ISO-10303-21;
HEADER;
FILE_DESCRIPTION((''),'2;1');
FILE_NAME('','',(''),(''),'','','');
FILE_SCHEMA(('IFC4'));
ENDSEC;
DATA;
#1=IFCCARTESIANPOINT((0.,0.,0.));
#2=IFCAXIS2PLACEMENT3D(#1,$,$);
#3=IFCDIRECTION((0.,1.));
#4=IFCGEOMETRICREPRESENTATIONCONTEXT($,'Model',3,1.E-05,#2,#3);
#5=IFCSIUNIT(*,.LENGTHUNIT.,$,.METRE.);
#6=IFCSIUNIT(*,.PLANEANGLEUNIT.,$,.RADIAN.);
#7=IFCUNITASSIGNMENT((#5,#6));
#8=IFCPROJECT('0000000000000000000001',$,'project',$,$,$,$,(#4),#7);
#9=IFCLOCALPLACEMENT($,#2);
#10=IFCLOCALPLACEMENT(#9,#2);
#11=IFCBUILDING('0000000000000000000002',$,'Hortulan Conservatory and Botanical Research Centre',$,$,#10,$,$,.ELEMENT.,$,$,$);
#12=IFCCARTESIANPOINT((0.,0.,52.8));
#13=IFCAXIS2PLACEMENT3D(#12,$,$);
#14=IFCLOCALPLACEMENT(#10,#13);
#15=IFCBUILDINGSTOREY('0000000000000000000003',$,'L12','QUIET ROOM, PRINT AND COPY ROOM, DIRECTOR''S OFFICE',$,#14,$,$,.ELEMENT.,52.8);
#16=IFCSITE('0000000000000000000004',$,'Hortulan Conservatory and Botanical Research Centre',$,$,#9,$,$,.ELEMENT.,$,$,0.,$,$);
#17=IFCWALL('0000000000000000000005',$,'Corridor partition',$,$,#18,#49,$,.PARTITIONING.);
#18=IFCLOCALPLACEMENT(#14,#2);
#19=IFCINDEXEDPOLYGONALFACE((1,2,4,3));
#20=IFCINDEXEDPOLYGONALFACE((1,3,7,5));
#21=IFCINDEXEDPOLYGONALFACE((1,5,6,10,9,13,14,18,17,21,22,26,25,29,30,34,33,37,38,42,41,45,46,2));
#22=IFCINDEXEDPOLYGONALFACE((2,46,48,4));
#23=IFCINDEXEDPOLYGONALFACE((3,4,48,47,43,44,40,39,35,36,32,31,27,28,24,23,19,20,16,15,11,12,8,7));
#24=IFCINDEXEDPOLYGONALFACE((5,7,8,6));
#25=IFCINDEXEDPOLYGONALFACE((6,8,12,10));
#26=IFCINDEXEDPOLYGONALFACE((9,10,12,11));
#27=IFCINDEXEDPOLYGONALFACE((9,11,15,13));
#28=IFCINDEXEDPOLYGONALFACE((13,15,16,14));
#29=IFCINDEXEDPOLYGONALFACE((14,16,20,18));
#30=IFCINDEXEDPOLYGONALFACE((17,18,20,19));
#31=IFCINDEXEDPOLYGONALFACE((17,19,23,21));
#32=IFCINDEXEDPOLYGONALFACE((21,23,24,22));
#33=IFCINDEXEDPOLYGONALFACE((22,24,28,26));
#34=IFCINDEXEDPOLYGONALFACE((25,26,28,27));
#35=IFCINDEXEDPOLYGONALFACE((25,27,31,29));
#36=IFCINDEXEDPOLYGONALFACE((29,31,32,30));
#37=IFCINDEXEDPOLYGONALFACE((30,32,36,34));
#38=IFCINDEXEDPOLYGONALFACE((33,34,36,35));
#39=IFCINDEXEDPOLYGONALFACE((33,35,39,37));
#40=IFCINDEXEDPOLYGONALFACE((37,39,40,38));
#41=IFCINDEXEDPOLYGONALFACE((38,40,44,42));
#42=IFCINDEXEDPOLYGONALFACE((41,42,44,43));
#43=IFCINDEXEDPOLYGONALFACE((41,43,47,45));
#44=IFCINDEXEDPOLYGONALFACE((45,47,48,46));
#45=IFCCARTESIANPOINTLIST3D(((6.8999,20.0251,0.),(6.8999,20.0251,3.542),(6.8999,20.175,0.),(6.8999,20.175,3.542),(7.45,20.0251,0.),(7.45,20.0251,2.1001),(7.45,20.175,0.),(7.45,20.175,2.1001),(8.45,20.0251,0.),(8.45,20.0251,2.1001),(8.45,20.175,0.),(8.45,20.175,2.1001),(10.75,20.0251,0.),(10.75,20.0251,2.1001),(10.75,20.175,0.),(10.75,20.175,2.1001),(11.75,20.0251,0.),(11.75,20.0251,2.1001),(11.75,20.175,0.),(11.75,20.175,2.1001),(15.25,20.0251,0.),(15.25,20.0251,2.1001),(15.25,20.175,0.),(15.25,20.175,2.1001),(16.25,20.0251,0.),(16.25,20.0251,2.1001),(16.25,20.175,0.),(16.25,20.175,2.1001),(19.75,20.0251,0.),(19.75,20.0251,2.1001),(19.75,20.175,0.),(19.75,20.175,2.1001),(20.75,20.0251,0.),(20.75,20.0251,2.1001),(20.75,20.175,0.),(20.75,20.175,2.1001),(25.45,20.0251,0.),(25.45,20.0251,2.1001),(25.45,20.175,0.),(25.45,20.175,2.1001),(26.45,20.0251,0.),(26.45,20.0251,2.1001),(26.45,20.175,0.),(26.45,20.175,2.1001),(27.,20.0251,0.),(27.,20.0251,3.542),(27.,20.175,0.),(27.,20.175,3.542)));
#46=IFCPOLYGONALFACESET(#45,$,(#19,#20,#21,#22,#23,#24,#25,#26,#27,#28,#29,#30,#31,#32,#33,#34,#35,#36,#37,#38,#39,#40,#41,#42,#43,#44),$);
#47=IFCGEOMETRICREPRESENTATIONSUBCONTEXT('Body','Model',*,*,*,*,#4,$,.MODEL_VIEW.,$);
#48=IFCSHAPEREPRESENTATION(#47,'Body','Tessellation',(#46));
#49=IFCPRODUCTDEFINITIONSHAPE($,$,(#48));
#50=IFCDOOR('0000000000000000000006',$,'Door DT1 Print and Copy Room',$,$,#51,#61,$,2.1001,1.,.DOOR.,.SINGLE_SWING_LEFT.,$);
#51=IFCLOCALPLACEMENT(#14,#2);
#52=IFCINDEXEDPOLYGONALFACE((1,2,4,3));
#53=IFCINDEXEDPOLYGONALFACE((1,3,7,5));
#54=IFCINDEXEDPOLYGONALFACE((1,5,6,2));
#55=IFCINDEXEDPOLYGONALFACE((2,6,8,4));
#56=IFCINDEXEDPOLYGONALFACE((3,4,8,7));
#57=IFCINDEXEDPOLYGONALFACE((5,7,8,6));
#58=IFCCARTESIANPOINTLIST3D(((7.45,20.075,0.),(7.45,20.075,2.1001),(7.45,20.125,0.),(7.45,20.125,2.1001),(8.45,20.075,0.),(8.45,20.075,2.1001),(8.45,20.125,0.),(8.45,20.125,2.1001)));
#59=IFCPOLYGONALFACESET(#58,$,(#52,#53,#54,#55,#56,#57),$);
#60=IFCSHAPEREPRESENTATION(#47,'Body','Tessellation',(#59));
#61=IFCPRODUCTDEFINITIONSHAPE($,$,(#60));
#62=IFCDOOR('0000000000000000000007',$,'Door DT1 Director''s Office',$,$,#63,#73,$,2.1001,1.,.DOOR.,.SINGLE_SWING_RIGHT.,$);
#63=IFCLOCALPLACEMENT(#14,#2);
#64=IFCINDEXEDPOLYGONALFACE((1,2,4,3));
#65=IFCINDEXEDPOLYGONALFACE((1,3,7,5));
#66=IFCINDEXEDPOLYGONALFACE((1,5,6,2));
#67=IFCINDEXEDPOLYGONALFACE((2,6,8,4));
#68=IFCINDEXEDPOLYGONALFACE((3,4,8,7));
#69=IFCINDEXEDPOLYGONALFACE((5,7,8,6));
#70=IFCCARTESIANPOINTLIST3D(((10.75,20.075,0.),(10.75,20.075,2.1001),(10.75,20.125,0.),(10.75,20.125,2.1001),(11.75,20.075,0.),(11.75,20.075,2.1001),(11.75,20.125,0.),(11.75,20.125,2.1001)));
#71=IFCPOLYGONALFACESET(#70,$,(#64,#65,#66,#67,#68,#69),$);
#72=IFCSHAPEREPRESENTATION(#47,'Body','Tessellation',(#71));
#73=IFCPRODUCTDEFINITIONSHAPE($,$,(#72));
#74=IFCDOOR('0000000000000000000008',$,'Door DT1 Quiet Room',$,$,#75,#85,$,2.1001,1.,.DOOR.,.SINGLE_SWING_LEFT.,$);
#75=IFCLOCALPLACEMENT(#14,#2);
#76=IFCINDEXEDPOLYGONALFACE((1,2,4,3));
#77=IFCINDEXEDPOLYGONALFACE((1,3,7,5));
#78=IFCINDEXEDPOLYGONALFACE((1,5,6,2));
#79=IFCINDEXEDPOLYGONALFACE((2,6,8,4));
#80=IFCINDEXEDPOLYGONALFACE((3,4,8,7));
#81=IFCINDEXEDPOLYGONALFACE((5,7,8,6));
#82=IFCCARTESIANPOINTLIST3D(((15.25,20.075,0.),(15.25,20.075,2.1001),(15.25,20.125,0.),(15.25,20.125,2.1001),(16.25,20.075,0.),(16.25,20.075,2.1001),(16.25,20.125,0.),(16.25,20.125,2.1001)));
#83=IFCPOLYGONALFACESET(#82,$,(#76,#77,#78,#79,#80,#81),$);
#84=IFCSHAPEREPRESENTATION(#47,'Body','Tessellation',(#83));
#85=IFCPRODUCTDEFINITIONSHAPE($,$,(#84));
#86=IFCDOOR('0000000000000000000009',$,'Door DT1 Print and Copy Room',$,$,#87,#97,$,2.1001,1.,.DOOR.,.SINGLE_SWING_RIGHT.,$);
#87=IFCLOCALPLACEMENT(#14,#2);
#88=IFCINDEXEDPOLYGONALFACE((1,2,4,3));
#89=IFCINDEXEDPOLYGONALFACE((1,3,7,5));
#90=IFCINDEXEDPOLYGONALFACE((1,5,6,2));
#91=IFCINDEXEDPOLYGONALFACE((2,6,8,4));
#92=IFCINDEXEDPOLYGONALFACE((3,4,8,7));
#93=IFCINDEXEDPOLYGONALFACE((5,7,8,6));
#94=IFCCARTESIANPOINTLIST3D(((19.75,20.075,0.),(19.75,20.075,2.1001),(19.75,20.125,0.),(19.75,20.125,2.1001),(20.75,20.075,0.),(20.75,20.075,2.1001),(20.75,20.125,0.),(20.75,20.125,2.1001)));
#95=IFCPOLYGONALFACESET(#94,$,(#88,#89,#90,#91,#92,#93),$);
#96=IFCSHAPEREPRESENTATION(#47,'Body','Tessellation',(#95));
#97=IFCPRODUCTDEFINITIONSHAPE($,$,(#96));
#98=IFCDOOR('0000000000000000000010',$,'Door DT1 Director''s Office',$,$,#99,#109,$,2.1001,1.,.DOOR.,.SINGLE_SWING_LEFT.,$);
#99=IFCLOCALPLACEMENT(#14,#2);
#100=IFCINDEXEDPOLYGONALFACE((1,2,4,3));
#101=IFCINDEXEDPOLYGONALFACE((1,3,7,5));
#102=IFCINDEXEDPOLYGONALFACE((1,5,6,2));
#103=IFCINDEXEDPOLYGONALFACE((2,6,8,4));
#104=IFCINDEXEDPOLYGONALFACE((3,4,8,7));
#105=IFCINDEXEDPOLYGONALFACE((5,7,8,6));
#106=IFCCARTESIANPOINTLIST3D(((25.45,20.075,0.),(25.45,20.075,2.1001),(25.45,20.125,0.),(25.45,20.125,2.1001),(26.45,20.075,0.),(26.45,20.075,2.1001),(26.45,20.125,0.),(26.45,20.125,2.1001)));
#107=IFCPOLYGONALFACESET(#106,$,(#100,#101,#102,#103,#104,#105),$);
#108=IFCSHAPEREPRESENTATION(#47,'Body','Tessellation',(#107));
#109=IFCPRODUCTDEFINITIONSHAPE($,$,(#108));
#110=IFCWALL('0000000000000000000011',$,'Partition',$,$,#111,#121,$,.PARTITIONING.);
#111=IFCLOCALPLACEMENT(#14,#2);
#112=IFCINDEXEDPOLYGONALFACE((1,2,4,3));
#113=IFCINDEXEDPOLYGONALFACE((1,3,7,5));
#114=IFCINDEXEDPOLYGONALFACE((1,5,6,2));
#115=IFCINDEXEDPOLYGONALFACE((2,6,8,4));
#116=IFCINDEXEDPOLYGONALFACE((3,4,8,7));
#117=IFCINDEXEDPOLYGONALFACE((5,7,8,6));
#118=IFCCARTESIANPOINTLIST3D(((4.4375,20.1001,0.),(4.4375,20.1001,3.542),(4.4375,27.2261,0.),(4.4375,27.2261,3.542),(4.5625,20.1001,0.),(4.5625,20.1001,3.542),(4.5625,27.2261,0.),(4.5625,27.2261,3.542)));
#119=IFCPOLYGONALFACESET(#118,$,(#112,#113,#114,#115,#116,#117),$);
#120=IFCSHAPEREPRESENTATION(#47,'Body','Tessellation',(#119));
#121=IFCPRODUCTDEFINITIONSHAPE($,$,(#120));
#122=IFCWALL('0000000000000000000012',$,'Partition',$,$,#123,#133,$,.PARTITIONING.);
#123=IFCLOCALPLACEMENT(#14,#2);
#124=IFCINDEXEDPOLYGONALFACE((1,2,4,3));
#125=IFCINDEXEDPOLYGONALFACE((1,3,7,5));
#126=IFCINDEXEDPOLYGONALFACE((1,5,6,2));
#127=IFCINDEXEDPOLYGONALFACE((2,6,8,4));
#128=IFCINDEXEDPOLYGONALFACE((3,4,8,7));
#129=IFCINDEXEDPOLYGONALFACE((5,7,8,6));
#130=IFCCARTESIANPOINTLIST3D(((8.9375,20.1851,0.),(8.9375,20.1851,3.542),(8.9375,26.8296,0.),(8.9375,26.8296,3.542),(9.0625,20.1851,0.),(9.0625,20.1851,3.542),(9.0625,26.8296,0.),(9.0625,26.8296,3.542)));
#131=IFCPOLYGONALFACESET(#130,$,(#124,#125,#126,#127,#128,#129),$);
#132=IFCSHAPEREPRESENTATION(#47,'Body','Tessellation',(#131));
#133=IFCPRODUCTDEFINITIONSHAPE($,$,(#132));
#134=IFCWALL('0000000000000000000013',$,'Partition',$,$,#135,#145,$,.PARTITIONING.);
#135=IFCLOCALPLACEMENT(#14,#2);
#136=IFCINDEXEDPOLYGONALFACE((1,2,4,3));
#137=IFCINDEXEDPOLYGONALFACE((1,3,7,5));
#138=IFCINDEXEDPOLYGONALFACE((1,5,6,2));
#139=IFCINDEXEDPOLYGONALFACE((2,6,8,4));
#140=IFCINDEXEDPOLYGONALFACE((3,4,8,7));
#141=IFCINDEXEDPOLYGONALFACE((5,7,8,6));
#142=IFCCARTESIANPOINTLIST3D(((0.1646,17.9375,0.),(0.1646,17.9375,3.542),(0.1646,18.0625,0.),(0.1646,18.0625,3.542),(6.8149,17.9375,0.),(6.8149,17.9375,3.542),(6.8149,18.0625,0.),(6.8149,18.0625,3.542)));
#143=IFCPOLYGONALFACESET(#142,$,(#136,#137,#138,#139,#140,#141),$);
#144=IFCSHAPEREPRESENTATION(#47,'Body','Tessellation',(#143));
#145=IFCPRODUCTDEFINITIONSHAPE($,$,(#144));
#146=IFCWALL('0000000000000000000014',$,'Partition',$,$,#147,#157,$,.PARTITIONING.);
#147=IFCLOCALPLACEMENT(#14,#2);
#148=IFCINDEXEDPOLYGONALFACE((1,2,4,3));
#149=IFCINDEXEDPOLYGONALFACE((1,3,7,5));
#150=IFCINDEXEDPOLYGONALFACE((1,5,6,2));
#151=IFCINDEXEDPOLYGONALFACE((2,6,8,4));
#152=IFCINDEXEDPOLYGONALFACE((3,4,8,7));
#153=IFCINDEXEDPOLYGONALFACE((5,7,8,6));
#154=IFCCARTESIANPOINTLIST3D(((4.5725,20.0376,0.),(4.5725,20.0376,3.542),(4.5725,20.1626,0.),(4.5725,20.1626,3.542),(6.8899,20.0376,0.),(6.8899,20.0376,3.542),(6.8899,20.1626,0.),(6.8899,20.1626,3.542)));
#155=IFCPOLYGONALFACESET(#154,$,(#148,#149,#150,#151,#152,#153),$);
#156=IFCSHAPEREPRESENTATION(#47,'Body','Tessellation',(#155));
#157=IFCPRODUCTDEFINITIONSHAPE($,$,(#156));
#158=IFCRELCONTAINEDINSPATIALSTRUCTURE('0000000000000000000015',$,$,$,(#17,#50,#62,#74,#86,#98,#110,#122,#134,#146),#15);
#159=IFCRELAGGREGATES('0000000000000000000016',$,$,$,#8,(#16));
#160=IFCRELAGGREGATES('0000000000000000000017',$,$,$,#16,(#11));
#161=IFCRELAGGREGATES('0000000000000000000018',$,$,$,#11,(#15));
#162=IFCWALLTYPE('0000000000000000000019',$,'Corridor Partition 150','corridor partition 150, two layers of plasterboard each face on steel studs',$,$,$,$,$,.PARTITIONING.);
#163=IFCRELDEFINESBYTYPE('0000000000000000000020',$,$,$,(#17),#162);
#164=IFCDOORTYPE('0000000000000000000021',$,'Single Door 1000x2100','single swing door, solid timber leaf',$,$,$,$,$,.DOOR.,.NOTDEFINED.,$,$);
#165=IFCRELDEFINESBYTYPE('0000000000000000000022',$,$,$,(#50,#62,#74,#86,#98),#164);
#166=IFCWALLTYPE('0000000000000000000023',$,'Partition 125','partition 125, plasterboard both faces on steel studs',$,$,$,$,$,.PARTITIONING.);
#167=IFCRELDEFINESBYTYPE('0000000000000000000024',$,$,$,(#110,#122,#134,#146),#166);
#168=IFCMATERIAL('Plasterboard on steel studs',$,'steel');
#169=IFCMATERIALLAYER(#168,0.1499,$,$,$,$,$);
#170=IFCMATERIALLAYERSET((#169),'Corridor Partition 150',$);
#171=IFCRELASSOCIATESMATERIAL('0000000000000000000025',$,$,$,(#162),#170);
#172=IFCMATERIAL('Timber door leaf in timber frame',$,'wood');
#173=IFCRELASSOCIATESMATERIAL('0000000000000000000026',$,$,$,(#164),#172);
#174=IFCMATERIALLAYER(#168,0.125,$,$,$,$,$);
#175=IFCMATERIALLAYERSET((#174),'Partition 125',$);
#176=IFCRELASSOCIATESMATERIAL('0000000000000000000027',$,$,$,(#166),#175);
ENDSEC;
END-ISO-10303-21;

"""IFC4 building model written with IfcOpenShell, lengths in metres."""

from ifc_helpers import new_model, si_unit, direction, frame, frame_2d, origin, place, context, subcontext, project, spatial, rectangle, extrude, material, layer, layer_set, type_object, element, fill, save


model = new_model("IFC4")

# Units and contexts
model_context = context("Model", 3, precision=1e-05, world=origin(), true_north=direction((0.0, 1.0)))
body_context = subcontext(model_context, "Body", "Model", "MODEL_VIEW")
ifc_project = project(units=[si_unit("LENGTHUNIT", "METRE"), si_unit("PLANEANGLEUNIT", "RADIAN")], contexts=[model_context])

# Site, building, storey
site_placement = place(None, origin())
site = spatial("IfcSite", under=ifc_project, at=site_placement, Name="Hortulan Conservatory and Botanical Research Centre", CompositionType="ELEMENT", RefElevation=0.0)
building_placement = place(site_placement, origin())
building = spatial("IfcBuilding", under=site, at=building_placement, Name="Hortulan Conservatory and Botanical Research Centre", CompositionType="ELEMENT")
storey_placement = place(building_placement, frame((0.0, 0.0, 52.8)))
storey = spatial("IfcBuildingStorey", under=building, at=storey_placement, Name="L12", Description="QUIET ROOM, PRINT AND COPY ROOM, DIRECTOR'S OFFICE", CompositionType="ELEMENT", Elevation=52.8)

# Wall, openings, doors
ifc_material_1 = material(Name="Plasterboard on steel studs", Category="steel")
ifc_layer_1 = layer(ifc_material_1, 0.1499)
ifc_layer_set_1 = layer_set([ifc_layer_1], Name="Corridor Partition 150")
wall_type_1 = type_object("IfcWallType", Name="Corridor Partition 150", Description="corridor partition 150, two layers of plasterboard each face on steel studs", PredefinedType="PARTITIONING", material=ifc_layer_set_1)
wall_1_placement = place(storey_placement, frame((6.8999, 20.1001, 0.0), z_axis=(0.0, 0.0, 1.0), x_axis=(1.0, 0.0, 0.0)))
wall_1 = element("IfcWall", 1, at=wall_1_placement, inside=storey, type_object=wall_type_1, Name="Corridor partition", PredefinedType="PARTITIONING", context=body_context, shape_type="SweptSolid", body=[
    extrude(rectangle(XDim=20.1001, YDim=0.1499, at=frame_2d((10.05, 0.0))), origin(), (0.0, 0.0, 1.0), 3.542),
])
opening_1_placement = place(wall_1_placement, frame((0.55, 0.0, 0.0)))
opening_1 = element("IfcOpeningElement", 2, at=opening_1_placement, cuts=wall_1, PredefinedType="OPENING", context=body_context, shape_type="SweptSolid", body=[
    extrude(rectangle(XDim=1.0, YDim=2.1001, at=frame_2d((0.5, 1.05))), frame((0.0, 0.085, 0.0), z_axis=(0.0, -1.0, 0.0), x_axis=(1.0, 0.0, 0.0)), (0.0, 0.0, 1.0), 0.1699),
])
opening_2_placement = place(wall_1_placement, frame((3.8501, 0.0, 0.0)))
opening_2 = element("IfcOpeningElement", 3, at=opening_2_placement, cuts=wall_1, PredefinedType="OPENING", context=body_context, shape_type="SweptSolid", body=[
    extrude(rectangle(XDim=1.0, YDim=2.1001, at=frame_2d((0.5, 1.05))), frame((0.0, 0.085, 0.0), z_axis=(0.0, -1.0, 0.0), x_axis=(1.0, 0.0, 0.0)), (0.0, 0.0, 1.0), 0.1699),
])
opening_3_placement = place(wall_1_placement, frame((8.3501, 0.0, 0.0)))
opening_3 = element("IfcOpeningElement", 4, at=opening_3_placement, cuts=wall_1, PredefinedType="OPENING", context=body_context, shape_type="SweptSolid", body=[
    extrude(rectangle(XDim=1.0, YDim=2.1001, at=frame_2d((0.5, 1.05))), frame((0.0, 0.085, 0.0), z_axis=(0.0, -1.0, 0.0), x_axis=(1.0, 0.0, 0.0)), (0.0, 0.0, 1.0), 0.1699),
])
opening_4_placement = place(wall_1_placement, frame((12.8501, 0.0, 0.0)))
opening_4 = element("IfcOpeningElement", 5, at=opening_4_placement, cuts=wall_1, PredefinedType="OPENING", context=body_context, shape_type="SweptSolid", body=[
    extrude(rectangle(XDim=1.0, YDim=2.1001, at=frame_2d((0.5, 1.05))), frame((0.0, 0.085, 0.0), z_axis=(0.0, -1.0, 0.0), x_axis=(1.0, 0.0, 0.0)), (0.0, 0.0, 1.0), 0.1699),
])
opening_5_placement = place(wall_1_placement, frame((18.55, 0.0, 0.0)))
opening_5 = element("IfcOpeningElement", 6, at=opening_5_placement, cuts=wall_1, PredefinedType="OPENING", context=body_context, shape_type="SweptSolid", body=[
    extrude(rectangle(XDim=1.0, YDim=2.1001, at=frame_2d((0.5, 1.05))), frame((0.0, 0.085, 0.0), z_axis=(0.0, -1.0, 0.0), x_axis=(1.0, 0.0, 0.0)), (0.0, 0.0, 1.0), 0.1699),
])
ifc_material_2 = material(Name="Timber door leaf in timber frame", Category="wood")
door_type = type_object("IfcDoorType", Name="Single Door 1000x2100", Description="single swing door, solid timber leaf", OperationType="NOTDEFINED", PredefinedType="DOOR", material=ifc_material_2)
door_1_placement = place(opening_1_placement, origin())
door_1 = element("IfcDoor", 7, at=door_1_placement, inside=storey, type_object=door_type, Name="Door DT1 Print and Copy Room", OperationType="SINGLE_SWING_LEFT", OverallHeight=2.1001, OverallWidth=1.0, PredefinedType="DOOR", context=body_context, shape_type="SweptSolid", body=[
    extrude(rectangle(XDim=1.0, YDim=2.1001, at=frame_2d((0.5, 1.05))), frame((0.0, 0.0249, 0.0), z_axis=(0.0, -1.0, 0.0), x_axis=(1.0, 0.0, 0.0)), (0.0, 0.0, 1.0), 0.05),
])
fill(opening_1, door_1)
door_2_placement = place(opening_2_placement, origin())
door_2 = element("IfcDoor", 8, at=door_2_placement, inside=storey, type_object=door_type, Name="Door DT1 Director's Office", OperationType="SINGLE_SWING_RIGHT", OverallHeight=2.1001, OverallWidth=1.0, PredefinedType="DOOR", context=body_context, shape_type="SweptSolid", body=[
    extrude(rectangle(XDim=1.0, YDim=2.1001, at=frame_2d((0.5, 1.05))), frame((0.0, 0.0249, 0.0), z_axis=(0.0, -1.0, 0.0), x_axis=(1.0, 0.0, 0.0)), (0.0, 0.0, 1.0), 0.05),
])
fill(opening_2, door_2)
door_3_placement = place(opening_3_placement, origin())
door_3 = element("IfcDoor", 9, at=door_3_placement, inside=storey, type_object=door_type, Name="Door DT1 Quiet Room", OperationType="SINGLE_SWING_LEFT", OverallHeight=2.1001, OverallWidth=1.0, PredefinedType="DOOR", context=body_context, shape_type="SweptSolid", body=[
    extrude(rectangle(XDim=1.0, YDim=2.1001, at=frame_2d((0.5, 1.05))), frame((0.0, 0.0249, 0.0), z_axis=(0.0, -1.0, 0.0), x_axis=(1.0, 0.0, 0.0)), (0.0, 0.0, 1.0), 0.05),
])
fill(opening_3, door_3)
door_4_placement = place(opening_4_placement, origin())
door_4 = element("IfcDoor", 10, at=door_4_placement, inside=storey, type_object=door_type, Name="Door DT1 Print and Copy Room", OperationType="SINGLE_SWING_RIGHT", OverallHeight=2.1001, OverallWidth=1.0, PredefinedType="DOOR", context=body_context, shape_type="SweptSolid", body=[
    extrude(rectangle(XDim=1.0, YDim=2.1001, at=frame_2d((0.5, 1.05))), frame((0.0, 0.0249, 0.0), z_axis=(0.0, -1.0, 0.0), x_axis=(1.0, 0.0, 0.0)), (0.0, 0.0, 1.0), 0.05),
])
fill(opening_4, door_4)
door_5_placement = place(opening_5_placement, origin())
door_5 = element("IfcDoor", 11, at=door_5_placement, inside=storey, type_object=door_type, Name="Door DT1 Director's Office", OperationType="SINGLE_SWING_LEFT", OverallHeight=2.1001, OverallWidth=1.0, PredefinedType="DOOR", context=body_context, shape_type="SweptSolid", body=[
    extrude(rectangle(XDim=1.0, YDim=2.1001, at=frame_2d((0.5, 1.05))), frame((0.0, 0.0249, 0.0), z_axis=(0.0, -1.0, 0.0), x_axis=(1.0, 0.0, 0.0)), (0.0, 0.0, 1.0), 0.05),
])
fill(opening_5, door_5)

# Walls
ifc_layer_2 = layer(ifc_material_1, 0.125)
ifc_layer_set_2 = layer_set([ifc_layer_2], Name="Partition 125")
wall_type_2 = type_object("IfcWallType", Name="Partition 125", Description="partition 125, plasterboard both faces on steel studs", PredefinedType="PARTITIONING", material=ifc_layer_set_2)
wall_2_placement = place(storey_placement, frame((4.5, 20.1001, 0.0), z_axis=(0.0, 0.0, 1.0), x_axis=(0.0, 1.0, 0.0)))
element("IfcWall", 12, at=wall_2_placement, inside=storey, type_object=wall_type_2, Name="Partition", PredefinedType="PARTITIONING", context=body_context, shape_type="SweptSolid", body=[
    extrude(rectangle(XDim=7.126, YDim=0.125, at=frame_2d((3.563, 0.0))), origin(), (0.0, 0.0, 1.0), 3.542),
])
wall_3_placement = place(storey_placement, frame((9.0, 20.1851, 0.0), z_axis=(0.0, 0.0, 1.0), x_axis=(0.0, 1.0, 0.0)))
element("IfcWall", 13, at=wall_3_placement, inside=storey, type_object=wall_type_2, Name="Partition", PredefinedType="PARTITIONING", context=body_context, shape_type="SweptSolid", body=[
    extrude(rectangle(XDim=6.6445, YDim=0.125, at=frame_2d((3.3223, 0.0))), origin(), (0.0, 0.0, 1.0), 3.542),
])
wall_4_placement = place(storey_placement, frame((0.1646, 18.0, 0.0), z_axis=(0.0, 0.0, 1.0), x_axis=(1.0, 0.0, 0.0)))
element("IfcWall", 14, at=wall_4_placement, inside=storey, type_object=wall_type_2, Name="Partition", PredefinedType="PARTITIONING", context=body_context, shape_type="SweptSolid", body=[
    extrude(rectangle(XDim=6.6504, YDim=0.125, at=frame_2d((3.3252, 0.0))), origin(), (0.0, 0.0, 1.0), 3.542),
])
wall_5_placement = place(storey_placement, frame((4.5725, 20.1001, 0.0), z_axis=(0.0, 0.0, 1.0), x_axis=(1.0, 0.0, 0.0)))
element("IfcWall", 15, at=wall_5_placement, inside=storey, type_object=wall_type_2, Name="Partition", PredefinedType="PARTITIONING", context=body_context, shape_type="SweptSolid", body=[
    extrude(rectangle(XDim=2.3174, YDim=0.125, at=frame_2d((1.1587, 0.0))), origin(), (0.0, 0.0, 1.0), 3.542),
])

save(model, "model.ifc")
